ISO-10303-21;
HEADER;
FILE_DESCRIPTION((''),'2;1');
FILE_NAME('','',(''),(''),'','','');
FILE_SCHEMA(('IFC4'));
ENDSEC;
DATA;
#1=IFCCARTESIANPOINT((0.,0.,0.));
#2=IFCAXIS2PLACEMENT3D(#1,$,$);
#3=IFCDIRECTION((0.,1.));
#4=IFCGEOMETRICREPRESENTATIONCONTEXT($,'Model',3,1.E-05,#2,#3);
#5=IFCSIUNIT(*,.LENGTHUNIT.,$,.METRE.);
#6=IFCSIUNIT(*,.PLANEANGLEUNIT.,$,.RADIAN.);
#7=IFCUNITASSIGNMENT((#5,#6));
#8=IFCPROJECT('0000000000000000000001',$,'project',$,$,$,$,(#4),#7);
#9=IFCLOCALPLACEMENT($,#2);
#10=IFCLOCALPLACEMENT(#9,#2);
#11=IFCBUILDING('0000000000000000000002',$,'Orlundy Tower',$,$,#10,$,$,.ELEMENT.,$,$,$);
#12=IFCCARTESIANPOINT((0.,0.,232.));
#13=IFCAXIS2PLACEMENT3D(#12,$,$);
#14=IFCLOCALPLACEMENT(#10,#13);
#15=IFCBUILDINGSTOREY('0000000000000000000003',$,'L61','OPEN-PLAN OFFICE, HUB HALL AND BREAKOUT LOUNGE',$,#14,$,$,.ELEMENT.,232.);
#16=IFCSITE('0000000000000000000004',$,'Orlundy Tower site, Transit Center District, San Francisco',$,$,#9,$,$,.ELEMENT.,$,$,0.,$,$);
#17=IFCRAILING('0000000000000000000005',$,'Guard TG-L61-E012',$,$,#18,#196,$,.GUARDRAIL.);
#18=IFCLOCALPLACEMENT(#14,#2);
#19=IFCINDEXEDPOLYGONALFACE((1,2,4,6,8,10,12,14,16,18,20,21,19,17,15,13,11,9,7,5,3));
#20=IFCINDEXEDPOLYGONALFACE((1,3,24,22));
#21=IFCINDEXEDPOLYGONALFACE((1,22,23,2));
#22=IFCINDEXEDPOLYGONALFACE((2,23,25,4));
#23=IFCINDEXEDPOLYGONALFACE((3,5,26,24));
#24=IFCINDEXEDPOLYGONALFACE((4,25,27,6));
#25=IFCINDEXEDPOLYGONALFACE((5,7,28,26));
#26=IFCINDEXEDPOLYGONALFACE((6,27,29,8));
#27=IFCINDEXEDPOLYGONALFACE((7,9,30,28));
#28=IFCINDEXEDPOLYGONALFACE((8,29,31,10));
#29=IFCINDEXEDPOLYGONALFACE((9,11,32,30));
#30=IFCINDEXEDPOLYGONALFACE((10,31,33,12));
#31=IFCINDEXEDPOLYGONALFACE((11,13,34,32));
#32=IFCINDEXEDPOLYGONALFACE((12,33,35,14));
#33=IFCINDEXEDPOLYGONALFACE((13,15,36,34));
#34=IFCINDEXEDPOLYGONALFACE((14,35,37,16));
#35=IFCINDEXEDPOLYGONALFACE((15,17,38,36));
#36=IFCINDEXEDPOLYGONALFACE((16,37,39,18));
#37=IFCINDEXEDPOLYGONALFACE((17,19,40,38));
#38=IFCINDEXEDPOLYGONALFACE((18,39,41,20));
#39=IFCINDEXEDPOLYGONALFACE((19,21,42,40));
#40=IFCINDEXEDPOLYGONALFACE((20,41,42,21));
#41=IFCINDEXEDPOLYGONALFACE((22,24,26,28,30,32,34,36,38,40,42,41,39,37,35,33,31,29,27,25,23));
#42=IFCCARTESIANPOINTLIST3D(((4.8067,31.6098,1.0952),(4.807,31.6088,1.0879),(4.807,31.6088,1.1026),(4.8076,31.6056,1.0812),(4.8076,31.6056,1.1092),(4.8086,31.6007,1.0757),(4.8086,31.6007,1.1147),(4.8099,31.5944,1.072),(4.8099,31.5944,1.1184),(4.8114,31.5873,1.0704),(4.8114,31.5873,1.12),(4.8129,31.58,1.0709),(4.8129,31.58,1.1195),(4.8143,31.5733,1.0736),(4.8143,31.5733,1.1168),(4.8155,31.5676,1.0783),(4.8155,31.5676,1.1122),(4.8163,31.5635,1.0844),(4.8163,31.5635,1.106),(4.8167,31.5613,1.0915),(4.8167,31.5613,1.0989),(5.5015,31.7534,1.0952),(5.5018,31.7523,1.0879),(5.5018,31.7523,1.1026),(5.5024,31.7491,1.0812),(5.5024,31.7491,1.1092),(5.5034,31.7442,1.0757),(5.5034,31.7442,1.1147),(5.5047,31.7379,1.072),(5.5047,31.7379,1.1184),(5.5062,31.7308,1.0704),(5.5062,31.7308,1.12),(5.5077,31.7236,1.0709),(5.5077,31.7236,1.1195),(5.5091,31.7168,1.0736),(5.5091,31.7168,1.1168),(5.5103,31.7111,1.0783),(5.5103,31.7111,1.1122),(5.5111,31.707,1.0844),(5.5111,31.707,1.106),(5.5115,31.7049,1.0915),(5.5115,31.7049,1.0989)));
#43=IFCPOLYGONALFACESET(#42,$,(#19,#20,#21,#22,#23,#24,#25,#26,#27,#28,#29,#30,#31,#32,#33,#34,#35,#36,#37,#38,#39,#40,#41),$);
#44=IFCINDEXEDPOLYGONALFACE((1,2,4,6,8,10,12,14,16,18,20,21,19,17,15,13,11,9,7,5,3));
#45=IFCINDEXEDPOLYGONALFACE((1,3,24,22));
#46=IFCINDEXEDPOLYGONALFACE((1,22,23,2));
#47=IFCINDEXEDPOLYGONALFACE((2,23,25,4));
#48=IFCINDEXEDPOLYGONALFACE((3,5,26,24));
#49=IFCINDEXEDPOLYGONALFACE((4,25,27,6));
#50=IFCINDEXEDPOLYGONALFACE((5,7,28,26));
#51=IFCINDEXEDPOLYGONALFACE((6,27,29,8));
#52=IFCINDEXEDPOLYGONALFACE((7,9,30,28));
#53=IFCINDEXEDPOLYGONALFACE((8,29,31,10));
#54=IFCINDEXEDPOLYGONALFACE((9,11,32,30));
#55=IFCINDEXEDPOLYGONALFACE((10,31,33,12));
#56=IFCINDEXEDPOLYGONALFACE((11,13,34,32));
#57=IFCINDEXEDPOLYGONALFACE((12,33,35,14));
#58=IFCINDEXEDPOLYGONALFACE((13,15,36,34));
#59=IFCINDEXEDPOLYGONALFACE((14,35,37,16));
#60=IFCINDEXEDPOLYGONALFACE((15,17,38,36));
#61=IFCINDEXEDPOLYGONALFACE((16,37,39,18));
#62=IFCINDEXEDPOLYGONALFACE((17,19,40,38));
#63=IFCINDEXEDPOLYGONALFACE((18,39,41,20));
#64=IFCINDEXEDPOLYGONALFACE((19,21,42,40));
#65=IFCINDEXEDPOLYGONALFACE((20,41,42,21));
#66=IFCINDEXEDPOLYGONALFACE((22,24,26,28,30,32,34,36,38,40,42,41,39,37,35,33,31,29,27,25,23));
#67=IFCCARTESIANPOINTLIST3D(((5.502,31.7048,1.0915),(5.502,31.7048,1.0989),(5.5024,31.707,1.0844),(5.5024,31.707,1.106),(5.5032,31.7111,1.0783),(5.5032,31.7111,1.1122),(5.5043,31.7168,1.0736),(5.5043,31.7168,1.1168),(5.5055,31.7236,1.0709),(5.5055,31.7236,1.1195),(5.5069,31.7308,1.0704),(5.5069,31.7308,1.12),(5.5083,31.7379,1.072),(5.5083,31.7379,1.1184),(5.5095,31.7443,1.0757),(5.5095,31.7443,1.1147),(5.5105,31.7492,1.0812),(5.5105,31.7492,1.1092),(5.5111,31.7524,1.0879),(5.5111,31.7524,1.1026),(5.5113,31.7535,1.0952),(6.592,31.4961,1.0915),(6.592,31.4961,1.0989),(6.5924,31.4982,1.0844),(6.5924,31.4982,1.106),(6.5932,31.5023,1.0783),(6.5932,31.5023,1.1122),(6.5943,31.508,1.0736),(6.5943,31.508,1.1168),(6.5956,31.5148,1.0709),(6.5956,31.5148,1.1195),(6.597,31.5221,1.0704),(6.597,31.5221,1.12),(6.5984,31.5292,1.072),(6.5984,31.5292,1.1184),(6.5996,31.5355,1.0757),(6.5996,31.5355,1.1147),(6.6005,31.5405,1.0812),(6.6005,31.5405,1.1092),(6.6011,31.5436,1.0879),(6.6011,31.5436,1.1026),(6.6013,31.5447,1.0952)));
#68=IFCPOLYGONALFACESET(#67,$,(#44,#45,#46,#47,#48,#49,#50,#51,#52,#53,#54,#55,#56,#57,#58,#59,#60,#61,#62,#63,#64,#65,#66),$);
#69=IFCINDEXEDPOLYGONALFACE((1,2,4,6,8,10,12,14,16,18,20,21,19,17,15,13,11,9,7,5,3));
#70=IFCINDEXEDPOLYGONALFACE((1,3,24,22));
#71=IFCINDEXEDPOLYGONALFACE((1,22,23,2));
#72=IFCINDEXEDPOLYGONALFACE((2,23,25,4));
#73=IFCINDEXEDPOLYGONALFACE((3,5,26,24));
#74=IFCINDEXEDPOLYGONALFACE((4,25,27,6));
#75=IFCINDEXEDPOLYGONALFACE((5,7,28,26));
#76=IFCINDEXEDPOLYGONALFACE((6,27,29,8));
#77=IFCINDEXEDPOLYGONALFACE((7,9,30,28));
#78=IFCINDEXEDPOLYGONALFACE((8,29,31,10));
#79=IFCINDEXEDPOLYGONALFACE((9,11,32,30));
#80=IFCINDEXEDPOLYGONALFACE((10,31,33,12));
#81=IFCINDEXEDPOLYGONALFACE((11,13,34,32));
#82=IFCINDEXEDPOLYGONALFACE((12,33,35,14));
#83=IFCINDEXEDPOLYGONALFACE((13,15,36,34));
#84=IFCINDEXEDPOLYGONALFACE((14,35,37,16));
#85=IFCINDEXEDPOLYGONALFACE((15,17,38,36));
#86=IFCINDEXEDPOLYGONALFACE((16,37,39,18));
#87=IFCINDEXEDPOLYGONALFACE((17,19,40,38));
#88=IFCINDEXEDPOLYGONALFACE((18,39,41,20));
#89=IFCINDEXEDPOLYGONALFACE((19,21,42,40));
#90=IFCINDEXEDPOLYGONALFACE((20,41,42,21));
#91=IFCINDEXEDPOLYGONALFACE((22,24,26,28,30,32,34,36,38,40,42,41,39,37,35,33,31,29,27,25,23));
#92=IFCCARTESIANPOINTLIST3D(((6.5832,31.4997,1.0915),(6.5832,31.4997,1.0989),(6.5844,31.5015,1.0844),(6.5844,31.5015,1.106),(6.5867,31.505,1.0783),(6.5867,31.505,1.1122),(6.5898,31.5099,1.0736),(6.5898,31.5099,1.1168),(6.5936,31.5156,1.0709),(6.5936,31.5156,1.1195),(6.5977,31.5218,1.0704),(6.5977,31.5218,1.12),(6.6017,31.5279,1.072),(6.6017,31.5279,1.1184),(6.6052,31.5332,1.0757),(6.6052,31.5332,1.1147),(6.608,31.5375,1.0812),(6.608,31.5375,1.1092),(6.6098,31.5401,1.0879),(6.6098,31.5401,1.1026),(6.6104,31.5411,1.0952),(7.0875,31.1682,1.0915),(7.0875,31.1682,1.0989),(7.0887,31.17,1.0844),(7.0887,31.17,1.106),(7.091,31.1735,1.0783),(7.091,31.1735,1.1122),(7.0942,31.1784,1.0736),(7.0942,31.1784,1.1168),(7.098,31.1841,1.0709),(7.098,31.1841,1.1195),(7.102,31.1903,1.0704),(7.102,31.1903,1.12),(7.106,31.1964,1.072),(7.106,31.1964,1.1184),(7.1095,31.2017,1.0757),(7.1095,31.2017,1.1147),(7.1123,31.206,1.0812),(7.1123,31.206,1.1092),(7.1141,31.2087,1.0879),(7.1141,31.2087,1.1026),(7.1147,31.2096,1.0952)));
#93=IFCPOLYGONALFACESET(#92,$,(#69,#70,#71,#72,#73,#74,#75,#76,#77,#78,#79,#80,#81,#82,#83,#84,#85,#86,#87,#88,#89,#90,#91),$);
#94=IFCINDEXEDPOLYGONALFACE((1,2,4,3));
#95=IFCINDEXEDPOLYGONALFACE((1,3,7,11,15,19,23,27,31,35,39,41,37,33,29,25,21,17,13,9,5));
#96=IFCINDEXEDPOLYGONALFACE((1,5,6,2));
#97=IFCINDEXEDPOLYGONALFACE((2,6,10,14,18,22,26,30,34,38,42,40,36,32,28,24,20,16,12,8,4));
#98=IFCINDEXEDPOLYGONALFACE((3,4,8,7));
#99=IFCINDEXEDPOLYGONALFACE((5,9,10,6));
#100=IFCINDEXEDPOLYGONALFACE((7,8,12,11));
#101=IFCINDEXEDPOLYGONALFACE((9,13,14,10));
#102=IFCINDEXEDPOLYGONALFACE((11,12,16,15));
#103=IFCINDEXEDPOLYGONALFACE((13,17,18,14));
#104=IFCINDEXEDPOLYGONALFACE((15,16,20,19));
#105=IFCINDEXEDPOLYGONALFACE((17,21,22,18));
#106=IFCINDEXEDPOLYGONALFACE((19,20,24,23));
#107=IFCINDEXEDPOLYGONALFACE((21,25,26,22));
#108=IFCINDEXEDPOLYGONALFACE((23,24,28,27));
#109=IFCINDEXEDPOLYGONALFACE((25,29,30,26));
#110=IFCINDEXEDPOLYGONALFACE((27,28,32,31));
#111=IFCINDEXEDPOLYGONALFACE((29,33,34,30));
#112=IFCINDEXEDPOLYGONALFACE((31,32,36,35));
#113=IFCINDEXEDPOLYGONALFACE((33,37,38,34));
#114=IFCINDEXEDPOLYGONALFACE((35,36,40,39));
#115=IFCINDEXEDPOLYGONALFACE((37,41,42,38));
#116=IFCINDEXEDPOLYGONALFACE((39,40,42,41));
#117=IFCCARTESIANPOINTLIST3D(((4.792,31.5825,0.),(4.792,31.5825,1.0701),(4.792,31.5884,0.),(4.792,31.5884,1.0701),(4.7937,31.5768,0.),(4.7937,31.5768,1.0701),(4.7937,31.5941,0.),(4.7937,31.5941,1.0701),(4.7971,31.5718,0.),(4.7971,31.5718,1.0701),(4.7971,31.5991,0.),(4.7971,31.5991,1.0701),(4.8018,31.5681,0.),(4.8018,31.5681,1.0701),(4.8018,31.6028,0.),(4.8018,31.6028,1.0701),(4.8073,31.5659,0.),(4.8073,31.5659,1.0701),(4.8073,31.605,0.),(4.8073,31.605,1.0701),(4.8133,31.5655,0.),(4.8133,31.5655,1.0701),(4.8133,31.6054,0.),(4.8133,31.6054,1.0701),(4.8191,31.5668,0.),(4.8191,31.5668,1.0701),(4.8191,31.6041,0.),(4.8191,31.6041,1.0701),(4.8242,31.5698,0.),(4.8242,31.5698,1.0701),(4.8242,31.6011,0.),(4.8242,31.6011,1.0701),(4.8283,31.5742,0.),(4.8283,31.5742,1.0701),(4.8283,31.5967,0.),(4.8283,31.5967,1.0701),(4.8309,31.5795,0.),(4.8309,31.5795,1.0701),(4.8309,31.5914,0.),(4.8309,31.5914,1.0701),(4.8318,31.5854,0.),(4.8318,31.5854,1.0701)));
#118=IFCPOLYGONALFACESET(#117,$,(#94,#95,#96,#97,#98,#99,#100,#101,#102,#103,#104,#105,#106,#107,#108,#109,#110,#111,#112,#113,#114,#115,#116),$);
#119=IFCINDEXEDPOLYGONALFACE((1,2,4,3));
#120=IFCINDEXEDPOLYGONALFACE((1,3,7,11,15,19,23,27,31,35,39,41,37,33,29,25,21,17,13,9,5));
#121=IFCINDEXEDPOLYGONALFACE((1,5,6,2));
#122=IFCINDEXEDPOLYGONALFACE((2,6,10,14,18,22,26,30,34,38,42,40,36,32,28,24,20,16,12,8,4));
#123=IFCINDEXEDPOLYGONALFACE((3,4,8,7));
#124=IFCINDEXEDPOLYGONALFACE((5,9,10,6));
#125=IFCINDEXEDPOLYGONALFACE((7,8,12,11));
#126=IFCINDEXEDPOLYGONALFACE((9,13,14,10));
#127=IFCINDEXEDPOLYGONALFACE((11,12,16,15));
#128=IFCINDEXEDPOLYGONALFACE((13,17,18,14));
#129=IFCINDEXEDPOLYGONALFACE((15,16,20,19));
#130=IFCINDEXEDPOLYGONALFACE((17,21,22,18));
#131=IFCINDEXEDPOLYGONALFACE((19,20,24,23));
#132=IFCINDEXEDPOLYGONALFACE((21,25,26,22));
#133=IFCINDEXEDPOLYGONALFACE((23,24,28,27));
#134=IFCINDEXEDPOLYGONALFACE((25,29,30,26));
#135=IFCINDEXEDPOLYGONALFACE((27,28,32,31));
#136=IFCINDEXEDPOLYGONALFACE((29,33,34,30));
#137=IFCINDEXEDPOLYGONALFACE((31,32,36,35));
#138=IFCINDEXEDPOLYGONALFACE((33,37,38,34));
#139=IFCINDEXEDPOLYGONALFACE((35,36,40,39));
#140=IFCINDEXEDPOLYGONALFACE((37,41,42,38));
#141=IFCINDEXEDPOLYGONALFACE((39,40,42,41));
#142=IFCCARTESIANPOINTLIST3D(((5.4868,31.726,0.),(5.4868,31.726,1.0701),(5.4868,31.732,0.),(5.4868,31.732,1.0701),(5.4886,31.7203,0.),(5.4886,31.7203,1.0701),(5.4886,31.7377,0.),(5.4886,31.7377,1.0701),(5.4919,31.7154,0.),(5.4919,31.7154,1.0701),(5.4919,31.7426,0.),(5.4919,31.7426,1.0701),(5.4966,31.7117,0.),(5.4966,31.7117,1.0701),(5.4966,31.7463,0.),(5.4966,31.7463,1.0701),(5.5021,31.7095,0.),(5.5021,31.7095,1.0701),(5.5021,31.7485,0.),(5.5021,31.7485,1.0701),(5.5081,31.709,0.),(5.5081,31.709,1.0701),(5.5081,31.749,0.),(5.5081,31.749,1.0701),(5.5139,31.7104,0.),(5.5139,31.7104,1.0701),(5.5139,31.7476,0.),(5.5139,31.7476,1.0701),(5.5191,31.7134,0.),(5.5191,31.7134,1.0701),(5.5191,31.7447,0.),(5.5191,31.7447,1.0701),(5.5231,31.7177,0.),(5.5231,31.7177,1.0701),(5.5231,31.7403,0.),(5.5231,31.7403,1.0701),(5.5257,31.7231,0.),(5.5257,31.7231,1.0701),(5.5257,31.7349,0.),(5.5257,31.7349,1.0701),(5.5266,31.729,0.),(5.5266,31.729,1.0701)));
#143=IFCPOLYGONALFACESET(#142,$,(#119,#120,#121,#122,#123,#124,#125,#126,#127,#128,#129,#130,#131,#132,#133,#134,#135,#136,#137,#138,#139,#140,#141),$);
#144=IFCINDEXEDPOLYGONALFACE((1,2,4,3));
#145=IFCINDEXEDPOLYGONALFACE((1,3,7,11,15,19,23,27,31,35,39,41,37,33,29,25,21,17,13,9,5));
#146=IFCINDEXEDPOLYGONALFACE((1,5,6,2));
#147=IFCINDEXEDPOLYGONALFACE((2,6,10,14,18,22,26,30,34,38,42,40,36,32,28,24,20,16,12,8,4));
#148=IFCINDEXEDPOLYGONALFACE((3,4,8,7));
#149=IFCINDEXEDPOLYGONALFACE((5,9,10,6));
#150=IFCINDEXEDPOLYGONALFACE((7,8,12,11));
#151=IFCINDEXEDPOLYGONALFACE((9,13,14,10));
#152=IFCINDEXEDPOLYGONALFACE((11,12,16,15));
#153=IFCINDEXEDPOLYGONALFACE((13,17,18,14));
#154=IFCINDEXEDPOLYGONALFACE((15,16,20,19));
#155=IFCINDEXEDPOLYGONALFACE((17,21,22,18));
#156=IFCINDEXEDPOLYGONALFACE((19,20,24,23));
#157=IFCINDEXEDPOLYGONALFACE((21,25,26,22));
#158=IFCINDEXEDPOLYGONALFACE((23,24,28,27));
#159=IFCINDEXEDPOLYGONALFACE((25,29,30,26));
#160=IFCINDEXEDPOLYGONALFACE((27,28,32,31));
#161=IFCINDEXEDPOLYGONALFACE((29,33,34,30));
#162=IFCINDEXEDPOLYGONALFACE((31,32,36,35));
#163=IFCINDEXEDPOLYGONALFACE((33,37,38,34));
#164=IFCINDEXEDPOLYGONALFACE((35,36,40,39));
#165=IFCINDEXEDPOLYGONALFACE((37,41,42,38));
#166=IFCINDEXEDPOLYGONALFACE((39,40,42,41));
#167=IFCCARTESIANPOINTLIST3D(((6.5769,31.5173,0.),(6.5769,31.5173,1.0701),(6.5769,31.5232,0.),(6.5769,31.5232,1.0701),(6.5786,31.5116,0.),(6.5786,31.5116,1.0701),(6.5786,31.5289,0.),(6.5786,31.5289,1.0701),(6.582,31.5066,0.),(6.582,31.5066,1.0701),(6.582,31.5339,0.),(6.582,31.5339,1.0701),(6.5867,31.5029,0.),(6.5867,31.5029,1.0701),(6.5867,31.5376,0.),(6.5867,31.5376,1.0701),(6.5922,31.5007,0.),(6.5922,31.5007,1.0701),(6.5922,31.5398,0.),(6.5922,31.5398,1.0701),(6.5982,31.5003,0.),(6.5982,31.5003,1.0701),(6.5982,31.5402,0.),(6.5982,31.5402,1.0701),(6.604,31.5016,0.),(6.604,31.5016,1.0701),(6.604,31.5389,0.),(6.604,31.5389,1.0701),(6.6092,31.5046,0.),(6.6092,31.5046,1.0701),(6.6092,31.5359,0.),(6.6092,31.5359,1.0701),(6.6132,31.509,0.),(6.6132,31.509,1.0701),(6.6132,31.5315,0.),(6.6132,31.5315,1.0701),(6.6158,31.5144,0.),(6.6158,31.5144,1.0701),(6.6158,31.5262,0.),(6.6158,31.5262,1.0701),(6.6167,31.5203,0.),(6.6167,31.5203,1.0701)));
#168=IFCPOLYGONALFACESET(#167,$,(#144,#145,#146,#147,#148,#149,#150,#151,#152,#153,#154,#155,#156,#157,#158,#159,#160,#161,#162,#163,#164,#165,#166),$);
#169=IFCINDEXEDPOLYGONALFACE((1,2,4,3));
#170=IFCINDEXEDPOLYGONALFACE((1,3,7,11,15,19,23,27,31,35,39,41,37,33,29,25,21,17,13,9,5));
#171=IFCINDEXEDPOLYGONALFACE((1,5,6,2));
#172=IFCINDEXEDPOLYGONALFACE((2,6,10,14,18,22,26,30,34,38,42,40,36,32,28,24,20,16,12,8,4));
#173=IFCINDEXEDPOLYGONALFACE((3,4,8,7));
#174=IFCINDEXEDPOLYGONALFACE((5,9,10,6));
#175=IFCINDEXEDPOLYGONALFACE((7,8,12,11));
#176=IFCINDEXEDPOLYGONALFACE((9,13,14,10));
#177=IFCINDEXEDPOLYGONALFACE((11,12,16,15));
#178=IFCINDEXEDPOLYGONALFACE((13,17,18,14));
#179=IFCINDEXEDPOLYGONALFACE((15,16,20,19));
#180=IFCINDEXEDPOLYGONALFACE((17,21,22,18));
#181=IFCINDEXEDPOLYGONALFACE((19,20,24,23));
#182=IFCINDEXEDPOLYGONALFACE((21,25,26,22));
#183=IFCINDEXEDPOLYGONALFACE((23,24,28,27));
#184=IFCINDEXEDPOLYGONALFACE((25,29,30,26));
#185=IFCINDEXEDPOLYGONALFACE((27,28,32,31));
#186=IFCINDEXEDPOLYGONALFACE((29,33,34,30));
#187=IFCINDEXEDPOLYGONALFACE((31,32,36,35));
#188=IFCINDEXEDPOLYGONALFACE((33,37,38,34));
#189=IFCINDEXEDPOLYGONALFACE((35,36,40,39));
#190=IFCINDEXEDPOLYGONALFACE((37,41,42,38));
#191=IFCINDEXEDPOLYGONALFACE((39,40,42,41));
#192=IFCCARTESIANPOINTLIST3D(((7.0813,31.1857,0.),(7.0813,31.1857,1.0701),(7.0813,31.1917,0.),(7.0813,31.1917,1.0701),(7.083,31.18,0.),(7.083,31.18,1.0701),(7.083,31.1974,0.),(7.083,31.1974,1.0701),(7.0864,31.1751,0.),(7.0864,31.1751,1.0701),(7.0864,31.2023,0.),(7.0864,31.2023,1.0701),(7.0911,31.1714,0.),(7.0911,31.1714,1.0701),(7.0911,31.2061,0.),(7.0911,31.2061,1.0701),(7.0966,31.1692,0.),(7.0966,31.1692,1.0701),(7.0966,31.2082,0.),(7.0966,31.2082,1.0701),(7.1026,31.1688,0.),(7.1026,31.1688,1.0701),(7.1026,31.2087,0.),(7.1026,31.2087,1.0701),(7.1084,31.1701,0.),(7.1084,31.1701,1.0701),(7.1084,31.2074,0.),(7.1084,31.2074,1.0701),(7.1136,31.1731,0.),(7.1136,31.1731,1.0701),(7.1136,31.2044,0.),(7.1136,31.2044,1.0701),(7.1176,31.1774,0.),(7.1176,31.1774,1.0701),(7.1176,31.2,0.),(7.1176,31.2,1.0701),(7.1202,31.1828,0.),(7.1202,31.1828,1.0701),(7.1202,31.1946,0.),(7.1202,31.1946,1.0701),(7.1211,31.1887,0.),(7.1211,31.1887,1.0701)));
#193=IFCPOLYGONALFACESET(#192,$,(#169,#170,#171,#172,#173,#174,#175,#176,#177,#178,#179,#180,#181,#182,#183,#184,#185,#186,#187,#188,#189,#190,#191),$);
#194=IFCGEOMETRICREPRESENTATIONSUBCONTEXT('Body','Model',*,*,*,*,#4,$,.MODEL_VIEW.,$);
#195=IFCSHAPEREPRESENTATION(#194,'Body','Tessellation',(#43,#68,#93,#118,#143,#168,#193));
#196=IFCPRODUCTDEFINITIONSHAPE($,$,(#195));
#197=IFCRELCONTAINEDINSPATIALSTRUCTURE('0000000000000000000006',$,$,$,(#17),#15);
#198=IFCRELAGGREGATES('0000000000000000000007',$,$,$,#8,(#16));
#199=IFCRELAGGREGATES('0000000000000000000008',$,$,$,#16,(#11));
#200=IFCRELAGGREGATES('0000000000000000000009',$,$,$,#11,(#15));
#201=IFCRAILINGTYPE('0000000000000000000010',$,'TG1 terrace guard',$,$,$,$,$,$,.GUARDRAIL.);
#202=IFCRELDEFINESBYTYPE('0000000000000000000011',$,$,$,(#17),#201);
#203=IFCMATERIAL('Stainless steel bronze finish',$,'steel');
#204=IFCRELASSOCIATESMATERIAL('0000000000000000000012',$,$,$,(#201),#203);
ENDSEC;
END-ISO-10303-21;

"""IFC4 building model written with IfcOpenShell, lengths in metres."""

from ifc_helpers import new_model, si_unit, direction, frame, origin, origin_2d, place, context, subcontext, project, spatial, circle, extrude, material, type_object, element, save


model = new_model("IFC4")

# Units and contexts
model_context = context("Model", 3, precision=1e-05, world=origin(), true_north=direction((0.0, 1.0)))
body_context = subcontext(model_context, "Body", "Model", "MODEL_VIEW")
ifc_project = project(units=[si_unit("LENGTHUNIT", "METRE"), si_unit("PLANEANGLEUNIT", "RADIAN")], contexts=[model_context])

# Site, building, storey
site_placement = place(None, origin())
site = spatial("IfcSite", under=ifc_project, at=site_placement, Name="Orlundy Tower site, Transit Center District, San Francisco", CompositionType="ELEMENT", RefElevation=0.0)
building_placement = place(site_placement, origin())
building = spatial("IfcBuilding", under=site, at=building_placement, Name="Orlundy Tower", CompositionType="ELEMENT")
storey_placement = place(building_placement, frame((0.0, 0.0, 232.0)))
storey = spatial("IfcBuildingStorey", under=building, at=storey_placement, Name="L61", Description="OPEN-PLAN OFFICE, HUB HALL AND BREAKOUT LOUNGE", CompositionType="ELEMENT", Elevation=232.0)

# Railing
ifc_material_1 = material(Name="Stainless steel bronze finish", Category="steel")
railing_type = type_object("IfcRailingType", Name="TG1 terrace guard", PredefinedType="GUARDRAIL", material=ifc_material_1)
railing_1_placement = place(storey_placement, frame((4.8118, 31.5854, 0.0)))
element("IfcRailing", 1, at=railing_1_placement, inside=storey, type_object=railing_type, Name="Guard TG-L61-E012", PredefinedType="GUARDRAIL", context=body_context, shape_type="SweptSolid", body=[
    extrude(circle(Radius=0.0249, at=origin_2d()), frame((0.0, 0.0, 1.0952), z_axis=(0.979317, 0.202333, 0.0), x_axis=(-0.202333, 0.979317, 0.0)), (0.0, 0.0, 1.0), 0.7095),
    extrude(circle(Radius=0.0249, at=origin_2d()), frame((0.6948, 0.1436, 1.0952), z_axis=(0.982155, -0.188072, 0.0), x_axis=(0.188072, 0.982155, 0.0)), (0.0, 0.0, 1.0), 1.1099),
    extrude(circle(Radius=0.0249, at=origin_2d()), frame((1.7849, -0.0652, 1.0952), z_axis=(0.835642, -0.549275, 0.0), x_axis=(0.549275, 0.835642, 0.0)), (0.0, 0.0, 1.0), 0.6035),
    extrude(circle(Radius=0.02, at=origin_2d()), origin(), (0.0, 0.0, 1.0), 1.0701),
    extrude(circle(Radius=0.02, at=origin_2d()), frame((0.6948, 0.1436, 0.0)), (0.0, 0.0, 1.0), 1.0701),
    extrude(circle(Radius=0.02, at=origin_2d()), frame((1.7849, -0.0652, 0.0)), (0.0, 0.0, 1.0), 1.0701),
    extrude(circle(Radius=0.02, at=origin_2d()), frame((2.2893, -0.3967, 0.0)), (0.0, 0.0, 1.0), 1.0701),
])

save(model, "model.ifc")
